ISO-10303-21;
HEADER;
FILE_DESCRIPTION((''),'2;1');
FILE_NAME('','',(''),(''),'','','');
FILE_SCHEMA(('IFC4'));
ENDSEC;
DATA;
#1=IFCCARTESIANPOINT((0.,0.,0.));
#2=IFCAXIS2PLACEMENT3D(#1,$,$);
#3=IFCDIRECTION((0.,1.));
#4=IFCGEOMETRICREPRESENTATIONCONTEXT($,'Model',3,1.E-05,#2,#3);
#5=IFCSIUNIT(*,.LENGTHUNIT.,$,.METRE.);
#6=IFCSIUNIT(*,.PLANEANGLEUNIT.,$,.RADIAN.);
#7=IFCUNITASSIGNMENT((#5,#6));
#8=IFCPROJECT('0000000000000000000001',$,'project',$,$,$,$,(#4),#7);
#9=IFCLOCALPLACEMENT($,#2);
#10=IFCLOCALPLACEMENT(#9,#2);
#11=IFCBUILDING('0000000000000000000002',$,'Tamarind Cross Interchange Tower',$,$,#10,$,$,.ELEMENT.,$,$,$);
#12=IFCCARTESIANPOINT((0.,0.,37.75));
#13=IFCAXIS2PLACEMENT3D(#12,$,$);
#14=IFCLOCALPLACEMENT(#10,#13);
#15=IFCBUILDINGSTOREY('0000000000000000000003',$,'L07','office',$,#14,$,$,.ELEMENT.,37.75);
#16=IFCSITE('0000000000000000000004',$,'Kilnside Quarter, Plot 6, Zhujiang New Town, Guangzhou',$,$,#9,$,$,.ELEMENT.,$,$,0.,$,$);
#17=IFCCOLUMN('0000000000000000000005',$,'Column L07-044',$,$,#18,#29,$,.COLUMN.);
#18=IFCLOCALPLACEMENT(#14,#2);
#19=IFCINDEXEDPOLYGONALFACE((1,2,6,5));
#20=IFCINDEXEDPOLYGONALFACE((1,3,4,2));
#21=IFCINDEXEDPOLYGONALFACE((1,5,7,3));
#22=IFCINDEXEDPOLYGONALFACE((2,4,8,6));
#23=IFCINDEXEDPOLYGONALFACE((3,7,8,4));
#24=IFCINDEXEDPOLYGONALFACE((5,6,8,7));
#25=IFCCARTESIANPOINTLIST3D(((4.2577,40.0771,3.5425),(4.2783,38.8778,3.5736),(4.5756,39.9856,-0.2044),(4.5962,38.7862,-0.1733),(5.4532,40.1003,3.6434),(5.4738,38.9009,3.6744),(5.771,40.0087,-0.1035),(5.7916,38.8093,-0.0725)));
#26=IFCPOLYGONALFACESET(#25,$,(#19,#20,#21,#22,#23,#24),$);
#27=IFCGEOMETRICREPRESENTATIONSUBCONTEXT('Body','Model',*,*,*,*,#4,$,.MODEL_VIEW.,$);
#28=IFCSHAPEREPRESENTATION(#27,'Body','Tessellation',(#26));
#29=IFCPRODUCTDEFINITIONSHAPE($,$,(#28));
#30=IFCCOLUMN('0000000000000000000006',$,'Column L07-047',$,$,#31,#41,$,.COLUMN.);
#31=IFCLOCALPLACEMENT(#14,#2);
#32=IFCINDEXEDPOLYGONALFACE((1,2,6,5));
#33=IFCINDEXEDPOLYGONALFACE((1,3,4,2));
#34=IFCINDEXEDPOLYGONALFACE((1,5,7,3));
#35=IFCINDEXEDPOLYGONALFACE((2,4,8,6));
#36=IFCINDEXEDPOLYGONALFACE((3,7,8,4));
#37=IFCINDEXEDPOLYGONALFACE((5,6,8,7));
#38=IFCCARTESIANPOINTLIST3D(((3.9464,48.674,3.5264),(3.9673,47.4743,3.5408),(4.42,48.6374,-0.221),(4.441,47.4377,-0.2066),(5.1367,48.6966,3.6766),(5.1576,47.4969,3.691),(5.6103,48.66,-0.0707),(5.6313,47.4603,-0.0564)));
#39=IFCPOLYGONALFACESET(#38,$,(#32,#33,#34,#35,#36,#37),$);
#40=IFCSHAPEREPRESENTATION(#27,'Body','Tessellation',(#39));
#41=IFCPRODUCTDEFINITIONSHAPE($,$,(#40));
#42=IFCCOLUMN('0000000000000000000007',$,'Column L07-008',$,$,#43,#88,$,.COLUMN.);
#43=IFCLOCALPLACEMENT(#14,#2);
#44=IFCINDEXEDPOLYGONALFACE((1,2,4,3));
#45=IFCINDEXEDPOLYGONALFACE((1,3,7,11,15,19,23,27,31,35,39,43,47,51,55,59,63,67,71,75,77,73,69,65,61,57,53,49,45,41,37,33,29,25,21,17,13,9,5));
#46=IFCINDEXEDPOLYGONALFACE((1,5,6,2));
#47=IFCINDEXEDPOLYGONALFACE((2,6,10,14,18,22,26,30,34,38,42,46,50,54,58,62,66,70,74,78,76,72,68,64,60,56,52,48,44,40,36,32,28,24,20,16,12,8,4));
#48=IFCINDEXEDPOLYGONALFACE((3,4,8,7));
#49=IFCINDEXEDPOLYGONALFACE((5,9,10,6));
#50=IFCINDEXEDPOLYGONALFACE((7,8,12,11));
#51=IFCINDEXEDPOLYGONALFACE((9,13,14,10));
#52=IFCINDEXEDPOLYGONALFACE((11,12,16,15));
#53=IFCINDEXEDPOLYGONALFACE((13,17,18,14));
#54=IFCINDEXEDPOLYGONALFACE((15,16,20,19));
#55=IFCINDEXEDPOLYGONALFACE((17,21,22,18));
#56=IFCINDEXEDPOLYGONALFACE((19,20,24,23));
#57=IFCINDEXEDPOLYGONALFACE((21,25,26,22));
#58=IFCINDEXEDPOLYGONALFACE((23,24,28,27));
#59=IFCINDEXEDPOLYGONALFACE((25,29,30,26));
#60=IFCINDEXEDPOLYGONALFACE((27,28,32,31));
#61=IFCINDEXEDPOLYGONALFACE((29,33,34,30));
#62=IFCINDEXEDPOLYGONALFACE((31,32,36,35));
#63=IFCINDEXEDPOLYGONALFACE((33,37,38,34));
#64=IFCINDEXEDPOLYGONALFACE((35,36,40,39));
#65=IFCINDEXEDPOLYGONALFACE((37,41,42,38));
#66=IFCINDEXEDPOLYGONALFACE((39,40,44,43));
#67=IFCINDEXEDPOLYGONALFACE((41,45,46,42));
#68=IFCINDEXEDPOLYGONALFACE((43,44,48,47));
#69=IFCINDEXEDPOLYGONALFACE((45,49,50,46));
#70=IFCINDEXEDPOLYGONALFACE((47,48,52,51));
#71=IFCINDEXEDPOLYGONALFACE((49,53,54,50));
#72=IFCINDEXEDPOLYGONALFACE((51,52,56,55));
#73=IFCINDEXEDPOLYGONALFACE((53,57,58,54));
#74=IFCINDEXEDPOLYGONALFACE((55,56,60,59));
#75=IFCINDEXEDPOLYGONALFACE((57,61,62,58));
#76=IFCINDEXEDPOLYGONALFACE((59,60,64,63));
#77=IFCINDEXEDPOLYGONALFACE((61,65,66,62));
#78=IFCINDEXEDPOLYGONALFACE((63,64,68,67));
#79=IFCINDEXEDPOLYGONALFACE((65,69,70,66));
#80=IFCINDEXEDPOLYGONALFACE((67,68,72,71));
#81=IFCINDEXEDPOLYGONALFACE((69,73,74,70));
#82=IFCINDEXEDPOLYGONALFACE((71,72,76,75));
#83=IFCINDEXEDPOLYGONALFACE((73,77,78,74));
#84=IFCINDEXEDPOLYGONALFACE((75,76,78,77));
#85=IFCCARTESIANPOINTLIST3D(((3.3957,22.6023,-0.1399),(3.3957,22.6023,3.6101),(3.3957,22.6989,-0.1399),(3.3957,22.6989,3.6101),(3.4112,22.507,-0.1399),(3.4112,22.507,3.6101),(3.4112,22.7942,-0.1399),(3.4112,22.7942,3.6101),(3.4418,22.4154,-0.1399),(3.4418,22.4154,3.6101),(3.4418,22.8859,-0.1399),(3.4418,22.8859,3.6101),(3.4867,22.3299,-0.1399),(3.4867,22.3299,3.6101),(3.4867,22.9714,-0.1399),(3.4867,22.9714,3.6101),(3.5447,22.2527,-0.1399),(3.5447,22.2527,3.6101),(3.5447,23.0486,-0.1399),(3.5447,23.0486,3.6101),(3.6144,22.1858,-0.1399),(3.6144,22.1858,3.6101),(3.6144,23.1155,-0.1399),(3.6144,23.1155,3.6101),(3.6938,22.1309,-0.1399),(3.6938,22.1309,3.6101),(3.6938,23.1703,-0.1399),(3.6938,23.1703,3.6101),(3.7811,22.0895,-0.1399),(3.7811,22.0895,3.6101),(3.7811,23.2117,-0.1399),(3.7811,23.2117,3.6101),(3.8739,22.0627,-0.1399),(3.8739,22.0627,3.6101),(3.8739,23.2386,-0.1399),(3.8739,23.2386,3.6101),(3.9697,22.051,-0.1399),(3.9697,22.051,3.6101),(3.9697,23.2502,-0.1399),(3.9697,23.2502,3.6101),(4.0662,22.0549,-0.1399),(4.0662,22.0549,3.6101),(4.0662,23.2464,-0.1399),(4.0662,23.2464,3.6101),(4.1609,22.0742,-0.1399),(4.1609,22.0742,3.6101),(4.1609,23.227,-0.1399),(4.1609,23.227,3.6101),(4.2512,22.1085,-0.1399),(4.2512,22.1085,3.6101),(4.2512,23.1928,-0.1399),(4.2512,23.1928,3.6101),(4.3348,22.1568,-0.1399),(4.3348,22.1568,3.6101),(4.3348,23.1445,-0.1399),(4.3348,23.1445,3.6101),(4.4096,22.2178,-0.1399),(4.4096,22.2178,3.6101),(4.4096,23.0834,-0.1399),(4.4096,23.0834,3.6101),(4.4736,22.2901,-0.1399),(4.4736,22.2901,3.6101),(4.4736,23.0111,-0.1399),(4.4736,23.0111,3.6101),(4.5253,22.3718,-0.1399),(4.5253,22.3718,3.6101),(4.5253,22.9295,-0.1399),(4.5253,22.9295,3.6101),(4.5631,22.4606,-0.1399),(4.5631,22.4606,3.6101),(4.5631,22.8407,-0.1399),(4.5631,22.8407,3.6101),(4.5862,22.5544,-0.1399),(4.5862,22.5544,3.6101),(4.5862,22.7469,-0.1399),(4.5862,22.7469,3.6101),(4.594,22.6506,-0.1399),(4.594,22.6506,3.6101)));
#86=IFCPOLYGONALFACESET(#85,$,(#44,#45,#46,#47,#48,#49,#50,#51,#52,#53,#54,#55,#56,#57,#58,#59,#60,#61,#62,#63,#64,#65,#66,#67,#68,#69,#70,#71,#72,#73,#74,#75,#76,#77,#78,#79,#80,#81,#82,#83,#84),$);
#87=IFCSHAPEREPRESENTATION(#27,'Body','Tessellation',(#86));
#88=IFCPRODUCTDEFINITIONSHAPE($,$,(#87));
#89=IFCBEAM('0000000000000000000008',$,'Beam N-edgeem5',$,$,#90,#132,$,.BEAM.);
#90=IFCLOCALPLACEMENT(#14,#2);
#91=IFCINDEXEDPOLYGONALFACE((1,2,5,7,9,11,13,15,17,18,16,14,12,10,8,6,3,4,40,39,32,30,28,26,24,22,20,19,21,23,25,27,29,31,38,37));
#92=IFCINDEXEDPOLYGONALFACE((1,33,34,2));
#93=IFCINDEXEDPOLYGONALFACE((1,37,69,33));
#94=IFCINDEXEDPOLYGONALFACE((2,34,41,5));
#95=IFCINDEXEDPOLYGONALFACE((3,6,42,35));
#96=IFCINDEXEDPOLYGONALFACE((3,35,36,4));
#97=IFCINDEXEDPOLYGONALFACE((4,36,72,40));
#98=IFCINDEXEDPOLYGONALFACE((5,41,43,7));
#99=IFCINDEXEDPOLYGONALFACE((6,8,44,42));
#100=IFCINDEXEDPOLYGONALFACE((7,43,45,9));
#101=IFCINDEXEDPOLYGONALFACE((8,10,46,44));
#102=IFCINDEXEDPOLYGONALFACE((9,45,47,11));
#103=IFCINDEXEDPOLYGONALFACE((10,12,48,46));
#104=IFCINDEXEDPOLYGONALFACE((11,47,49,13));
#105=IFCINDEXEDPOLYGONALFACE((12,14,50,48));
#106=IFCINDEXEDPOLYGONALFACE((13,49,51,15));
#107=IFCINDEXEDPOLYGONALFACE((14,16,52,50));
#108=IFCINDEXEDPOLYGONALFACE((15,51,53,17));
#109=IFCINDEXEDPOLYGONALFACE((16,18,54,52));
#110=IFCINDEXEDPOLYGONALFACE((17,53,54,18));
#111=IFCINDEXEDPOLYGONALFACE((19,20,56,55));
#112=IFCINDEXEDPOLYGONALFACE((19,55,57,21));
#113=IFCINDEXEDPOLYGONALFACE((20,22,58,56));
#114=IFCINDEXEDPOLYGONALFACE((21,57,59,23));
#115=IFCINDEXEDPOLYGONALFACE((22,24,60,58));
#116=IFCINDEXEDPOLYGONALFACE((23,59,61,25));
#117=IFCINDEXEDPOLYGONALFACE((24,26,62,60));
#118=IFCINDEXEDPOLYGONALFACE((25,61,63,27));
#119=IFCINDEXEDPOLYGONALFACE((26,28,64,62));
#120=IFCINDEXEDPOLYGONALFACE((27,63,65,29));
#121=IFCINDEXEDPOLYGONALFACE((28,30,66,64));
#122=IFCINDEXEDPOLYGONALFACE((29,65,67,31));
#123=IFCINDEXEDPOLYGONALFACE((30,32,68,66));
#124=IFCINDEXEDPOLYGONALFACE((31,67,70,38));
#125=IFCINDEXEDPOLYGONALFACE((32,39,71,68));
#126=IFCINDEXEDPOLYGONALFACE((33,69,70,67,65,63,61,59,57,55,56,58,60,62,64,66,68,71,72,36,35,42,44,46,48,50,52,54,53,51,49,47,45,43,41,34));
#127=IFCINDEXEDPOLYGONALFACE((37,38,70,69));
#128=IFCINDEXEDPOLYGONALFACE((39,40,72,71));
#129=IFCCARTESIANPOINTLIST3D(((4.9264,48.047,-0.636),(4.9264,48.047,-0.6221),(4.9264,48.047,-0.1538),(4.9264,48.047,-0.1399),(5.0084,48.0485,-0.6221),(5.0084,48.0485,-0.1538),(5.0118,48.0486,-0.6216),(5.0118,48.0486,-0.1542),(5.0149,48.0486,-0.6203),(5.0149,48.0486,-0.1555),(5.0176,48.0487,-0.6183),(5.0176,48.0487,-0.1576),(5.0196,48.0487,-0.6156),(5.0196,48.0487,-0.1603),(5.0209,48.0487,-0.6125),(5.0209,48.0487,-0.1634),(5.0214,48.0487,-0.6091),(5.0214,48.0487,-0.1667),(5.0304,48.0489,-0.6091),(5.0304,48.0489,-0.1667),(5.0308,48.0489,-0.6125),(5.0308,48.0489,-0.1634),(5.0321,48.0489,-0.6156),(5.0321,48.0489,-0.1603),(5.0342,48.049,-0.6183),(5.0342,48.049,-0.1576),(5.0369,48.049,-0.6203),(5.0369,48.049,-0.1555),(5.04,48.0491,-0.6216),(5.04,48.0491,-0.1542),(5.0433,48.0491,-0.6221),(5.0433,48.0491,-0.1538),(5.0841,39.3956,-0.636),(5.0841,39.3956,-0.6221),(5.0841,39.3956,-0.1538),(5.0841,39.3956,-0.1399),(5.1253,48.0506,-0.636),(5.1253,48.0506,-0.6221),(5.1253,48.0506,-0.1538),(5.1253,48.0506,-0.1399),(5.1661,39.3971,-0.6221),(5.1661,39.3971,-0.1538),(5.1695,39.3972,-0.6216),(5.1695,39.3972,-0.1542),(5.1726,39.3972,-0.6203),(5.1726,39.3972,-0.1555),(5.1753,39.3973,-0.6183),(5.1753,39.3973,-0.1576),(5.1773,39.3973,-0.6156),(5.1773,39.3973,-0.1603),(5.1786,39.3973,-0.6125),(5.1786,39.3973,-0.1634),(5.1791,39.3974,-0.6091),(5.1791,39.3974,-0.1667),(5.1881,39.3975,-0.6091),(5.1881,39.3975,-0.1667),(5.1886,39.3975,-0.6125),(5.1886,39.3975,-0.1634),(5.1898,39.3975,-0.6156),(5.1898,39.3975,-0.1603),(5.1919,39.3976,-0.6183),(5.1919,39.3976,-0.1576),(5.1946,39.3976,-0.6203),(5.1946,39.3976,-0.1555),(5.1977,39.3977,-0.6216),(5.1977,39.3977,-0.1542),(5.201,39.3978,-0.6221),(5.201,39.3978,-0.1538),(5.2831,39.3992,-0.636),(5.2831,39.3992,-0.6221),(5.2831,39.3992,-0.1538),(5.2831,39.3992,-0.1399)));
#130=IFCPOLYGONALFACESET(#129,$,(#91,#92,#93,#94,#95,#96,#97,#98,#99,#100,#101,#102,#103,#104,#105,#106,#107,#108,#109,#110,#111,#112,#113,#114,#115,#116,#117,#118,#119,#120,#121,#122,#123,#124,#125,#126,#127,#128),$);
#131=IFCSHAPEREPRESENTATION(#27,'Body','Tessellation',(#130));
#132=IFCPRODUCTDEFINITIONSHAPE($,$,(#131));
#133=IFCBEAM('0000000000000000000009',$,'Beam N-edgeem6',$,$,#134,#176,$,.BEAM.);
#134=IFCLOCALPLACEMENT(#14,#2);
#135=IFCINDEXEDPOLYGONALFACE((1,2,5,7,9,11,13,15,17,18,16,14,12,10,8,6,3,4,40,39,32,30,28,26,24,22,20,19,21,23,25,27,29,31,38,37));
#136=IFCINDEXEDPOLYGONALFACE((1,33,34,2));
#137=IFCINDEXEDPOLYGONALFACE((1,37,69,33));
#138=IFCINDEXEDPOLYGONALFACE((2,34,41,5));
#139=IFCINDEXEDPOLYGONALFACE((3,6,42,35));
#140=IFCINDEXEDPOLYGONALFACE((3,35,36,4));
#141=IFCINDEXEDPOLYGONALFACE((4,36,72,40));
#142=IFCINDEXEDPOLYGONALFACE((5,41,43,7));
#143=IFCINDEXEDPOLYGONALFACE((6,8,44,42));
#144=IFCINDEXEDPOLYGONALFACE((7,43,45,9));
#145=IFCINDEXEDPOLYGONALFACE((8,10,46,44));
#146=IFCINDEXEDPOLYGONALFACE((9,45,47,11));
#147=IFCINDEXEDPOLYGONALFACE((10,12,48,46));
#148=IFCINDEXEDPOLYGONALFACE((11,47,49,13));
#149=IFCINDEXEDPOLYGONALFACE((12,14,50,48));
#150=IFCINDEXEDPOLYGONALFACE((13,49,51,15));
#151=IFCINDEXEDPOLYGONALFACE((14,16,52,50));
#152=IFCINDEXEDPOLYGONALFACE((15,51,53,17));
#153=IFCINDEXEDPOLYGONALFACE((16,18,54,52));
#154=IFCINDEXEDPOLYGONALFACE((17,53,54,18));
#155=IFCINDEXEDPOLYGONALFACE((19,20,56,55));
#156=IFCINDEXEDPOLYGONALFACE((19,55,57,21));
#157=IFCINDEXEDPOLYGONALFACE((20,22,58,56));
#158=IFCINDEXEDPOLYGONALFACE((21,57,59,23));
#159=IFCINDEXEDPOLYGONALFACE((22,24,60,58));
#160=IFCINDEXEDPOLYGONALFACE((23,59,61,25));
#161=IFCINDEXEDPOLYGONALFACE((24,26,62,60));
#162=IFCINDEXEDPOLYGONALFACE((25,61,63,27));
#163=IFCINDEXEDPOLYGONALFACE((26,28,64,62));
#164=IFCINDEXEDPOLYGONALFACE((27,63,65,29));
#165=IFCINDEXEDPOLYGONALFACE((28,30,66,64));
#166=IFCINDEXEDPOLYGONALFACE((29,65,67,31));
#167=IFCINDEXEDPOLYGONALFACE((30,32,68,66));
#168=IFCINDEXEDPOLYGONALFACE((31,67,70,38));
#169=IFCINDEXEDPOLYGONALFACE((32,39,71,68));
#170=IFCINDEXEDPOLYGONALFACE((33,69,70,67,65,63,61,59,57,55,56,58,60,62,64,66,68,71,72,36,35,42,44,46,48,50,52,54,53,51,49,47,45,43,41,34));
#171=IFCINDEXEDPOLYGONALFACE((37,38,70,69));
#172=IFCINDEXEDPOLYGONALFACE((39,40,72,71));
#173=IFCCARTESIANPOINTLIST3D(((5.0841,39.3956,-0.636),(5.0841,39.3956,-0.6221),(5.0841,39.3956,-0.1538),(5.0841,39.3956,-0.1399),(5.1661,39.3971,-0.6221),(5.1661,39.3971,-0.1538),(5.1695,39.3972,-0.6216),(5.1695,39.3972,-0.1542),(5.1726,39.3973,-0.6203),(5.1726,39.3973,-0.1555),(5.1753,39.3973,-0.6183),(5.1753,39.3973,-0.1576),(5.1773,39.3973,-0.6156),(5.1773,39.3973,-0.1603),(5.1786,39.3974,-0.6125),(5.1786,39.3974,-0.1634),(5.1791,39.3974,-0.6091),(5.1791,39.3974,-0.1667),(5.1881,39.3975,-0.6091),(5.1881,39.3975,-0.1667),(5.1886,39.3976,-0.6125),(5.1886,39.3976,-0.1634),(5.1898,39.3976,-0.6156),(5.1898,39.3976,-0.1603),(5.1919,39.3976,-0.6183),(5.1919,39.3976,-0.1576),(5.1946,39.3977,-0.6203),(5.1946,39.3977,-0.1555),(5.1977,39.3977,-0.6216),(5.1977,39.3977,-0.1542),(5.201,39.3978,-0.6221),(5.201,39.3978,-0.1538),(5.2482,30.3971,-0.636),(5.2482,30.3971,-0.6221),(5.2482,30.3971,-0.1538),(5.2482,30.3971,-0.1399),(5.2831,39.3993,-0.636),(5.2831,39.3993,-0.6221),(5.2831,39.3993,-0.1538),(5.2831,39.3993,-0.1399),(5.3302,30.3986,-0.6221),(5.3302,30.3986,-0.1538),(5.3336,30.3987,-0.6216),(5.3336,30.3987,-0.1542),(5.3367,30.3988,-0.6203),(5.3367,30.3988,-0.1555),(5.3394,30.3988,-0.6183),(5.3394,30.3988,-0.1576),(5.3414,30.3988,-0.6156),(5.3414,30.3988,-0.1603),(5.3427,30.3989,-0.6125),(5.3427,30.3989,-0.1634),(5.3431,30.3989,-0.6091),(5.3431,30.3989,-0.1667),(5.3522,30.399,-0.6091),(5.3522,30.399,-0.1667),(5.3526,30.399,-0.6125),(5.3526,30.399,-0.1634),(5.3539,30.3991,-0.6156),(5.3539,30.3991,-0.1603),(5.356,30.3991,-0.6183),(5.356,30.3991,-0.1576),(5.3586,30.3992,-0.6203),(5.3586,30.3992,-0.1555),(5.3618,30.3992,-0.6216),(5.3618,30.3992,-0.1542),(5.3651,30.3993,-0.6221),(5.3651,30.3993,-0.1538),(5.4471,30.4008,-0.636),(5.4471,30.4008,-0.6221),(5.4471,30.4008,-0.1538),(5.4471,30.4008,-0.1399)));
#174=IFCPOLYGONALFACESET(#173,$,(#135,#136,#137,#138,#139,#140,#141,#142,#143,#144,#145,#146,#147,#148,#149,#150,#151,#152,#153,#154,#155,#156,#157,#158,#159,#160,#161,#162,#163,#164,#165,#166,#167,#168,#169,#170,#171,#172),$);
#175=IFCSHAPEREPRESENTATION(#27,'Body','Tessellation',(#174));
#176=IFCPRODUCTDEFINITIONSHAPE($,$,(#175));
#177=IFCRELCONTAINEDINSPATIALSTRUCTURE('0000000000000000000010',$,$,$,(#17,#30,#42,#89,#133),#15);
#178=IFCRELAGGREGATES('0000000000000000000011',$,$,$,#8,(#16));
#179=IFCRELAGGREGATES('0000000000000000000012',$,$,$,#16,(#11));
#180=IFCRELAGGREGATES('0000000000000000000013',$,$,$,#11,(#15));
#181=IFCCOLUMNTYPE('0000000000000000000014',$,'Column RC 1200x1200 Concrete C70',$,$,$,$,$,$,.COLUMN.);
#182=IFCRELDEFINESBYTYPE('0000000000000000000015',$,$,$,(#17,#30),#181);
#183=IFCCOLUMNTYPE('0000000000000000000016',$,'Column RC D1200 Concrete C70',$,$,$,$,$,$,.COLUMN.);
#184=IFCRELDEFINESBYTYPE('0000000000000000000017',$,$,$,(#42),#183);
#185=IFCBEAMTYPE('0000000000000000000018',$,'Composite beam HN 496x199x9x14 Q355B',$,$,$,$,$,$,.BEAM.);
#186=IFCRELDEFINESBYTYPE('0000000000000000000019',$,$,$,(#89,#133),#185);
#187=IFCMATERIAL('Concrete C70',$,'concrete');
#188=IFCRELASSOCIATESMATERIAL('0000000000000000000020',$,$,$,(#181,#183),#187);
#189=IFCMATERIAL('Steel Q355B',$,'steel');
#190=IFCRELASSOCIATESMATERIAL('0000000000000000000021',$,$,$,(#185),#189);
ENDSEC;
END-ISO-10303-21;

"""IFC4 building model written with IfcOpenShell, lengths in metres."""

from ifc_helpers import new_model, si_unit, direction, frame, origin, origin_2d, place, context, subcontext, project, spatial, rectangle, circle, i_section, extrude, material, material_profile, profile_set, type_object, element, save


model = new_model("IFC4")

# Units and contexts
model_context = context("Model", 3, precision=1e-05, world=origin(), true_north=direction((0.0, 1.0)))
body_context = subcontext(model_context, "Body", "Model", "MODEL_VIEW")
ifc_project = project(units=[si_unit("LENGTHUNIT", "METRE"), si_unit("PLANEANGLEUNIT", "RADIAN")], contexts=[model_context])

# Site, building, storey
site_placement = place(None, origin())
site = spatial("IfcSite", under=ifc_project, at=site_placement, Name="Kilnside Quarter, Plot 6, Zhujiang New Town, Guangzhou", CompositionType="ELEMENT", RefElevation=0.0)
building_placement = place(site_placement, origin())
building = spatial("IfcBuilding", under=site, at=building_placement, Name="Tamarind Cross Interchange Tower", CompositionType="ELEMENT")
storey_placement = place(building_placement, frame((0.0, 0.0, 37.75)))
storey = spatial("IfcBuildingStorey", under=building, at=storey_placement, Name="L07", Description="office", CompositionType="ELEMENT", Elevation=37.75)

# Columns
ifc_material_1 = material(Name="Concrete C70", Category="concrete")
ifc_material_profile_1 = material_profile(ifc_material_1, rectangle(XDim=1.2, YDim=1.2, at=origin_2d()), Name="RC 1200x1200")
ifc_profile_set_1 = profile_set([ifc_material_profile_1], Name="Concrete C70")
column_type_1 = type_object("IfcColumnType", Name="Column RC 1200x1200 Concrete C70", PredefinedType="COLUMN", material=ifc_profile_set_1)
column_1_placement = place(storey_placement, frame((5.1836, 39.3975, -0.1384), z_axis=(-0.084509, 0.02434, 0.996125), x_axis=(0.017171, -0.999518, 0.02588)))
element("IfcColumn", 1, at=column_1_placement, inside=storey, type_object=column_type_1, Name="Column L07-044", PredefinedType="COLUMN", context=body_context, shape_type="SweptSolid", body=[
    extrude(rectangle(XDim=1.2, YDim=1.2, at=origin_2d()), origin(), (0.0, 0.0, 1.0), 3.7615),
])
column_2_placement = place(storey_placement, frame((5.0256, 48.0488, -0.1387), z_axis=(-0.125389, 0.009695, 0.99206), x_axis=(0.017448, -0.999776, 0.011976)))
element("IfcColumn", 2, at=column_2_placement, inside=storey, type_object=column_type_1, Name="Column L07-047", PredefinedType="COLUMN", context=body_context, shape_type="SweptSolid", body=[
    extrude(rectangle(XDim=1.2, YDim=1.2, at=origin_2d()), origin(), (0.0, 0.0, 1.0), 3.7773),
])
ifc_material_profile_2 = material_profile(ifc_material_1, circle(Radius=0.6001, at=origin_2d()), Name="RC D1200")
ifc_profile_set_2 = profile_set([ifc_material_profile_2], Name="Concrete C70")
column_type_2 = type_object("IfcColumnType", Name="Column RC D1200 Concrete C70", PredefinedType="COLUMN", material=ifc_profile_set_2)
column_3_placement = place(storey_placement, frame((3.9939, 22.6506, -0.1399), z_axis=(0.0, 0.0, 1.0), x_axis=(1.0, 0.0, 0.0)))
element("IfcColumn", 3, at=column_3_placement, inside=storey, type_object=column_type_2, Name="Column L07-008", PredefinedType="COLUMN", context=body_context, shape_type="SweptSolid", body=[
    extrude(circle(Radius=0.6001, at=origin_2d()), origin(), (0.0, 0.0, 1.0), 3.75),
])

# Beams
ifc_material_2 = material(Name="Steel Q355B", Category="steel")
ifc_material_profile_3 = material_profile(ifc_material_2, i_section(OverallWidth=0.199, OverallDepth=0.4961, WebThickness=0.009, FlangeThickness=0.0139, FilletRadius=0.0129, at=origin_2d()), Name="HN 496x199x9x14")
ifc_profile_set_3 = profile_set([ifc_material_profile_3], Name="Steel Q355B")
beam_type_1 = type_object("IfcBeamType", Name="Composite beam HN 496x199x9x14 Q355B", PredefinedType="BEAM", material=ifc_profile_set_3)
beam_1_placement = place(storey_placement, frame((5.0259, 48.0488, -0.3879), z_axis=(0.018227, -0.999834, 0.0), x_axis=(0.999834, 0.018227, 0.0)))
element("IfcBeam", 4, at=beam_1_placement, inside=storey, type_object=beam_type_1, Name="Beam N-edgeem5", PredefinedType="BEAM", context=body_context, shape_type="SweptSolid", body=[
    extrude(i_section(OverallWidth=0.199, OverallDepth=0.4961, WebThickness=0.009, FlangeThickness=0.0139, FilletRadius=0.0129, at=origin_2d()), origin(), (0.0, 0.0, 1.0), 8.6528),
])
beam_2_placement = place(storey_placement, frame((5.1836, 39.3975, -0.3879), z_axis=(0.018229, -0.999834, 0.0), x_axis=(0.999834, 0.018229, 0.0)))
element("IfcBeam", 5, at=beam_2_placement, inside=storey, type_object=beam_type_1, Name="Beam N-edgeem6", PredefinedType="BEAM", context=body_context, shape_type="SweptSolid", body=[
    extrude(i_section(OverallWidth=0.199, OverallDepth=0.4961, WebThickness=0.009, FlangeThickness=0.0139, FilletRadius=0.0129, at=origin_2d()), origin(), (0.0, 0.0, 1.0), 9.0),
])

save(model, "model.ifc")
